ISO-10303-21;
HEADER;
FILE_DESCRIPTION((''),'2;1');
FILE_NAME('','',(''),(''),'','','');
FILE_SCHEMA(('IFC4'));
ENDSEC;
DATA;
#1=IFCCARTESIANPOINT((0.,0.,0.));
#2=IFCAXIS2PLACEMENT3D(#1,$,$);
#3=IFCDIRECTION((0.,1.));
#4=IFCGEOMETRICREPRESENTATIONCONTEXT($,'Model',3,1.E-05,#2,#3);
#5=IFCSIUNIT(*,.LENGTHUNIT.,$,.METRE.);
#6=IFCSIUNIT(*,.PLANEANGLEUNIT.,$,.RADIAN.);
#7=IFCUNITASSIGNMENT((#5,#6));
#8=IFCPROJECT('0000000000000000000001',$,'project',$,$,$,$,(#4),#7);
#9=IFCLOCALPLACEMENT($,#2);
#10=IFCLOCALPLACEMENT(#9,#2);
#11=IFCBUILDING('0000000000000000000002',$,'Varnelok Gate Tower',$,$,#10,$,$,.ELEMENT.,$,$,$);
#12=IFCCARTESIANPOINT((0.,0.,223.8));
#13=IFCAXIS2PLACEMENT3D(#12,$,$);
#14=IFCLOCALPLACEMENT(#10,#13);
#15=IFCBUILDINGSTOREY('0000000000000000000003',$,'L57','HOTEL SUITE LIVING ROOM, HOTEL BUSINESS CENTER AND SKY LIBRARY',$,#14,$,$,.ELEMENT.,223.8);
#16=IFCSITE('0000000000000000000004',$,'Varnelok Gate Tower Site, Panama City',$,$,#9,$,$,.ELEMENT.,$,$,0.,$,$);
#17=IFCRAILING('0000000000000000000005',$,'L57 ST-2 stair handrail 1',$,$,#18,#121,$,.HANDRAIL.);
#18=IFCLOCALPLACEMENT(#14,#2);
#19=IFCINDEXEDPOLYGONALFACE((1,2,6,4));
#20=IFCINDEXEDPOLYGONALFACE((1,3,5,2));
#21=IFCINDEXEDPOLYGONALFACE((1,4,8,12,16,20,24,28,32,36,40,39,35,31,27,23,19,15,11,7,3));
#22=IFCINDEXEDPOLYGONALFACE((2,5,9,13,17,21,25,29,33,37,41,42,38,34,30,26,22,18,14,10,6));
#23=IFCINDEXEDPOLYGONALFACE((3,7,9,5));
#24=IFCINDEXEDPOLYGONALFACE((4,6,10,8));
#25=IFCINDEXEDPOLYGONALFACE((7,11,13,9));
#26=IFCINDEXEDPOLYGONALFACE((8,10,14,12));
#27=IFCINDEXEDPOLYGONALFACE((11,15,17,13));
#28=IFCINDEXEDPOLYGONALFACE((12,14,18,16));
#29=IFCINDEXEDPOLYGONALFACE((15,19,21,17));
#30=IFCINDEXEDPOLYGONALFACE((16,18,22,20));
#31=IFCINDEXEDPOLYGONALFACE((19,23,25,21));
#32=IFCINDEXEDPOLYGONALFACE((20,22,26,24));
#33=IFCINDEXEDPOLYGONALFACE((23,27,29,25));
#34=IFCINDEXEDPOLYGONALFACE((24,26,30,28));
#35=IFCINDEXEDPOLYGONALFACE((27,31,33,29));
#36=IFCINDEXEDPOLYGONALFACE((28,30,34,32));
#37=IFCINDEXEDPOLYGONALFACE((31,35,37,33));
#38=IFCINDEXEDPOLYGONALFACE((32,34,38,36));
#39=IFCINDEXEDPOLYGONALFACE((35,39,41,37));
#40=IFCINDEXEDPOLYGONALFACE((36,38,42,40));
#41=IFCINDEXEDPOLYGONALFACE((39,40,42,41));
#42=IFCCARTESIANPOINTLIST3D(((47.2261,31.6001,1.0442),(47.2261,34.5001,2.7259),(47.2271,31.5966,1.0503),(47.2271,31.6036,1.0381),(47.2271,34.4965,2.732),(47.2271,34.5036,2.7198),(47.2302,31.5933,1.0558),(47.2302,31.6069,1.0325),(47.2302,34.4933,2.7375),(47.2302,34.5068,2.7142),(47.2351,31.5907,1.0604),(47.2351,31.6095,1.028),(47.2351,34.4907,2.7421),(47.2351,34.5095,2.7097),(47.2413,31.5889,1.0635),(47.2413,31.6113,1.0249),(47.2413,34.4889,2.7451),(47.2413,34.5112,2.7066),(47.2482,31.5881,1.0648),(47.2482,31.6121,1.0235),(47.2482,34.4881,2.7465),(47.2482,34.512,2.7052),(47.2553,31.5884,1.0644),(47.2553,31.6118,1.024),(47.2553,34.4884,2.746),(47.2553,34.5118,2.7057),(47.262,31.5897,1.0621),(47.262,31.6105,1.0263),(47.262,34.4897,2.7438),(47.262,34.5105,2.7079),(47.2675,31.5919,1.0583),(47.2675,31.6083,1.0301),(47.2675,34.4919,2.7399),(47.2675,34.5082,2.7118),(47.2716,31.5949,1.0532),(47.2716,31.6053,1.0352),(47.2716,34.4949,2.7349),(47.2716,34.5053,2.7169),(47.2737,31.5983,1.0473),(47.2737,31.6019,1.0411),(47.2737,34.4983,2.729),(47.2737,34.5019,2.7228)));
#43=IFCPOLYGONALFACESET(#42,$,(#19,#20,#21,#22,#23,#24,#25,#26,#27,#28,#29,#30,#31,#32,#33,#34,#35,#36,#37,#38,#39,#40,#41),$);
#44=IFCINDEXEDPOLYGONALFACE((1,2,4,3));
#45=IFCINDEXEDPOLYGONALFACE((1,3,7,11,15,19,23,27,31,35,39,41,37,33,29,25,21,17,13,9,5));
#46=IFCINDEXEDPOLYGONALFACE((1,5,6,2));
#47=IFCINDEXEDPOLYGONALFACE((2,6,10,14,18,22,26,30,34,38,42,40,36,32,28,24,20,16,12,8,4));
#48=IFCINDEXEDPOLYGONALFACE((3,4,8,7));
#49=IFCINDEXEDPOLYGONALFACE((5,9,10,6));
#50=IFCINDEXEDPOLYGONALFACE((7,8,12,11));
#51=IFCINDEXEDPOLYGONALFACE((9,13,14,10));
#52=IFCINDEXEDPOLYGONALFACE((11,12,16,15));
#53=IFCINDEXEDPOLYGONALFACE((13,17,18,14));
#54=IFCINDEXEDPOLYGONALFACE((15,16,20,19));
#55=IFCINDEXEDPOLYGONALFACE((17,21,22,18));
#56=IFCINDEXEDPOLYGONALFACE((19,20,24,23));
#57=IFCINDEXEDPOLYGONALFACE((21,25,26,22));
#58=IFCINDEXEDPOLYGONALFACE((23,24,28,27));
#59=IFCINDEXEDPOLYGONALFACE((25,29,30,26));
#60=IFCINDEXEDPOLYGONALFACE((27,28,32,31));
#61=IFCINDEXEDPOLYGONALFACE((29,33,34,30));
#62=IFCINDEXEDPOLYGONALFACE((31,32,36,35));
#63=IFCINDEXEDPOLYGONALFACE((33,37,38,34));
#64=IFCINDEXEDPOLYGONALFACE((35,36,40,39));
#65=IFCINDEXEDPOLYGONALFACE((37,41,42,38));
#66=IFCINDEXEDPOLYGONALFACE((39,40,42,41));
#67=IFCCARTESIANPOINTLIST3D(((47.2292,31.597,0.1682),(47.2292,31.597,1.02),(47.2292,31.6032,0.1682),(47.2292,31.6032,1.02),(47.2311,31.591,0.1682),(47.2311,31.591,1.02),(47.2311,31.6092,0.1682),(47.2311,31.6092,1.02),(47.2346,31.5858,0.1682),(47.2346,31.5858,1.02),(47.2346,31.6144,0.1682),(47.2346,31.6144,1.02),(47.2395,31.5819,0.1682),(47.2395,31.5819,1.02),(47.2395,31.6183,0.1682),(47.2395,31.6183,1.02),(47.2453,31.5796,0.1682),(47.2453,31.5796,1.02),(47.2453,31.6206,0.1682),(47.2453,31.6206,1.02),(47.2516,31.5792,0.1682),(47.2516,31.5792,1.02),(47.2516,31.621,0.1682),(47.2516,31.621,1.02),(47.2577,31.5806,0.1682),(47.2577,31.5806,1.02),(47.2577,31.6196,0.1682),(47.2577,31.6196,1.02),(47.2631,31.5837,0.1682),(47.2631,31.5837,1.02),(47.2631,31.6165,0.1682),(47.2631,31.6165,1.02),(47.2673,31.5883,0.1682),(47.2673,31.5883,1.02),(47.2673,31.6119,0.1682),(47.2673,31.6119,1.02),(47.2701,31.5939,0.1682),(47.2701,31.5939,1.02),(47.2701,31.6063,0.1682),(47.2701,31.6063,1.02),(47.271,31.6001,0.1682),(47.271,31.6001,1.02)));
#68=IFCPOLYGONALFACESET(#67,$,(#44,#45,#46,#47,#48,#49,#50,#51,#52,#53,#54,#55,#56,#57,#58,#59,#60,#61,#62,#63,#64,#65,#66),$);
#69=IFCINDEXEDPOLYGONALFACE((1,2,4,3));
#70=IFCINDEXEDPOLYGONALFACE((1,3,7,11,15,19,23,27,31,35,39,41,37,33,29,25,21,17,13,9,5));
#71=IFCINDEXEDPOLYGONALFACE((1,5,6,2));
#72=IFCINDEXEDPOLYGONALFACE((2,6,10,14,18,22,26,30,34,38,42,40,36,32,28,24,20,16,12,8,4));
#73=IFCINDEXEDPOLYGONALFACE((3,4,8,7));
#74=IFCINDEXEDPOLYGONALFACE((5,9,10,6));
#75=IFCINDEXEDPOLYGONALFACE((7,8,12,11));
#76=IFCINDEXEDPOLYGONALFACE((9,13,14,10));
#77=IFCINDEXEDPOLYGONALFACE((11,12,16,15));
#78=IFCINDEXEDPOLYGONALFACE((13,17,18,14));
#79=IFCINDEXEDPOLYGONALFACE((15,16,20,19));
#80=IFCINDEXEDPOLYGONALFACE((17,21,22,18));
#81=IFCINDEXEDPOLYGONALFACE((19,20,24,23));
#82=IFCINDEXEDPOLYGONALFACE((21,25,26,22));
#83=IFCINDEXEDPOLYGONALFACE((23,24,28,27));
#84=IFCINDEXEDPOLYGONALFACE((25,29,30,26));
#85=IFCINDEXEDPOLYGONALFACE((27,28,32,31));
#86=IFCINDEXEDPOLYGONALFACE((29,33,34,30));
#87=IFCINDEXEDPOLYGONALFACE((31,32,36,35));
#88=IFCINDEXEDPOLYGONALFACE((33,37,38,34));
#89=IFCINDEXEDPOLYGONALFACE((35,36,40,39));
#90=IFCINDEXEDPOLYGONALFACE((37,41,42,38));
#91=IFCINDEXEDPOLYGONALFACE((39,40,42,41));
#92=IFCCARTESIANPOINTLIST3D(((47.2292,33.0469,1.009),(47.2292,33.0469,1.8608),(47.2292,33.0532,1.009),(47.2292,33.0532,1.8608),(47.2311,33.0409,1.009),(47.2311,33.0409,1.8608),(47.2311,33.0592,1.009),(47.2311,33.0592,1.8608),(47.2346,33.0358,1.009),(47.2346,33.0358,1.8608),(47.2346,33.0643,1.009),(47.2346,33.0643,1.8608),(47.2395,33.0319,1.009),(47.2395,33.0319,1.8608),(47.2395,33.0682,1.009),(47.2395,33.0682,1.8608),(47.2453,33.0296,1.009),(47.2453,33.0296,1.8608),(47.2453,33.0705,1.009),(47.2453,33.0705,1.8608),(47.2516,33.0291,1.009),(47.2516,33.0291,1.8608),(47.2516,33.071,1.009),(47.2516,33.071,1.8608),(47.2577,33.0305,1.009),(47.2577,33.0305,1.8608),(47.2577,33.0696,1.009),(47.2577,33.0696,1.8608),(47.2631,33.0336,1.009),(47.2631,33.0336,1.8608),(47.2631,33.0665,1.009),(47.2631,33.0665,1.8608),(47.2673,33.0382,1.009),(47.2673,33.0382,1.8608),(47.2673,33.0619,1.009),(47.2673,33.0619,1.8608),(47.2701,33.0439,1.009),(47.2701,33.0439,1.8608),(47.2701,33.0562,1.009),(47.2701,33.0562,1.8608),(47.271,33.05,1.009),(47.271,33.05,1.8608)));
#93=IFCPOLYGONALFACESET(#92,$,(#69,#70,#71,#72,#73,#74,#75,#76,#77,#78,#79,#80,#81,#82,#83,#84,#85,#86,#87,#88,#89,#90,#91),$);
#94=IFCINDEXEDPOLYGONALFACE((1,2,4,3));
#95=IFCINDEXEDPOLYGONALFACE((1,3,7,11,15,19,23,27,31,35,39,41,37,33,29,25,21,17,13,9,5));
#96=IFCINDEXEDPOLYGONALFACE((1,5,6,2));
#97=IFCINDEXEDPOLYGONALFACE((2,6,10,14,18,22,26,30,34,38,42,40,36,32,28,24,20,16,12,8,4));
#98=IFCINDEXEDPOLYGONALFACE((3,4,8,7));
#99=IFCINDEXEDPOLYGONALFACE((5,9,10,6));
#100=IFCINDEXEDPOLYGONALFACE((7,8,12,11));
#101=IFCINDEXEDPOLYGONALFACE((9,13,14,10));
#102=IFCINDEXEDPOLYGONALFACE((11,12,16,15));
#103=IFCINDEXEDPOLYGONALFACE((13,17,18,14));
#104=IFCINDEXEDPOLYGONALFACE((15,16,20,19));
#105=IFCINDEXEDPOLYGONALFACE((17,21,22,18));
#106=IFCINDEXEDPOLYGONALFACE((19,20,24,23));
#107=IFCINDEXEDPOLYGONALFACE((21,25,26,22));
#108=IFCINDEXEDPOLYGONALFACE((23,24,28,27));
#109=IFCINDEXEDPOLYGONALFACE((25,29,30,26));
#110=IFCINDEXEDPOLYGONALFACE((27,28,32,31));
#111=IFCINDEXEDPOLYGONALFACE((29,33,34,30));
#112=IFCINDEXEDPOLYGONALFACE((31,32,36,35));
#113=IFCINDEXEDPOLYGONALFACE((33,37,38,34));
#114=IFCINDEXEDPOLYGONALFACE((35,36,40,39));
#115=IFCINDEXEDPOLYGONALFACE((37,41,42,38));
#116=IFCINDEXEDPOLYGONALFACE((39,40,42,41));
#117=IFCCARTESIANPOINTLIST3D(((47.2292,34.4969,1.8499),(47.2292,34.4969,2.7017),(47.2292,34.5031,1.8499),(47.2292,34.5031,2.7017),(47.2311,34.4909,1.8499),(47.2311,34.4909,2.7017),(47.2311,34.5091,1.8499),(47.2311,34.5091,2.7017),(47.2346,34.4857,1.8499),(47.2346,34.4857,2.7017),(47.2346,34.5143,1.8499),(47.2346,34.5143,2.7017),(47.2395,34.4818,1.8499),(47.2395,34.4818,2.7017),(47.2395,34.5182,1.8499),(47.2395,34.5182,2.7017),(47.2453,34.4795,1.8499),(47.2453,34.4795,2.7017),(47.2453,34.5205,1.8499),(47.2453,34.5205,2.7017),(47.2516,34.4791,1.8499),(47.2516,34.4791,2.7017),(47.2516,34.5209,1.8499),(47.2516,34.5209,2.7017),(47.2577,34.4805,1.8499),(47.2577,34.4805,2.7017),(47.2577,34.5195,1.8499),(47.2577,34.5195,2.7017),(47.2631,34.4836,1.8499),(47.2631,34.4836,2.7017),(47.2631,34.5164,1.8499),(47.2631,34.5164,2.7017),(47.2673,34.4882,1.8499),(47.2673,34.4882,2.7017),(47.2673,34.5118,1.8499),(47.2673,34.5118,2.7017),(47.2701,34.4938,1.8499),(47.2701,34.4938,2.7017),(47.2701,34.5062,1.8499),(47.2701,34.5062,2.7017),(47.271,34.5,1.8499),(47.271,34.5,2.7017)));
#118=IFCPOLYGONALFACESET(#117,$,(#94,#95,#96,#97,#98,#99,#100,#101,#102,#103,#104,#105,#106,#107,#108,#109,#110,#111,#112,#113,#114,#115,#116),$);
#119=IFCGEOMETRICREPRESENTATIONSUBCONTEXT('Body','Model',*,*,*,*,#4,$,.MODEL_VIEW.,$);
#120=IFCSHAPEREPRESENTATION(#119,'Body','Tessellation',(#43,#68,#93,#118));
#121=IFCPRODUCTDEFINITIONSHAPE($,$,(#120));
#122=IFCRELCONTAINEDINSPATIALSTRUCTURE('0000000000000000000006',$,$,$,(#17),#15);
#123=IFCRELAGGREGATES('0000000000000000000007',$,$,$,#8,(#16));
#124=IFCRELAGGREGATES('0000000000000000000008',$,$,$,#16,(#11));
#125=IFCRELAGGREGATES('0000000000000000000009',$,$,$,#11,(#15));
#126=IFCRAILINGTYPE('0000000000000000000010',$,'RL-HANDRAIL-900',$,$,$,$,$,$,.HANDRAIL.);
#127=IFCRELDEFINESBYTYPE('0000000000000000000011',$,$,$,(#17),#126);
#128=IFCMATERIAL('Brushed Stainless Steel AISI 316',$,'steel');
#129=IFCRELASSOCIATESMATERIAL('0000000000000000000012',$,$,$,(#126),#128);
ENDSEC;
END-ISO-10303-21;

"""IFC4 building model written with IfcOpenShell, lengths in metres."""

from ifc_helpers import new_model, si_unit, direction, frame, origin, origin_2d, place, context, subcontext, project, spatial, circle, extrude, material, type_object, element, save


model = new_model("IFC4")

# Units and contexts
model_context = context("Model", 3, precision=1e-05, world=origin(), true_north=direction((0.0, 1.0)))
body_context = subcontext(model_context, "Body", "Model", "MODEL_VIEW")
ifc_project = project(units=[si_unit("LENGTHUNIT", "METRE"), si_unit("PLANEANGLEUNIT", "RADIAN")], contexts=[model_context])

# Site, building, storey
site_placement = place(None, origin())
site = spatial("IfcSite", under=ifc_project, at=site_placement, Name="Varnelok Gate Tower Site, Panama City", CompositionType="ELEMENT", RefElevation=0.0)
building_placement = place(site_placement, origin())
building = spatial("IfcBuilding", under=site, at=building_placement, Name="Varnelok Gate Tower", CompositionType="ELEMENT")
storey_placement = place(building_placement, frame((0.0, 0.0, 223.8)))
storey = spatial("IfcBuildingStorey", under=building, at=storey_placement, Name="L57", Description="HOTEL SUITE LIVING ROOM, HOTEL BUSINESS CENTER AND SKY LIBRARY", CompositionType="ELEMENT", Elevation=223.8)

# Railing
ifc_material_1 = material(Name="Brushed Stainless Steel AISI 316", Category="steel")
railing_type_1 = type_object("IfcRailingType", Name="RL-HANDRAIL-900", PredefinedType="HANDRAIL", material=ifc_material_1)
railing_1_placement = place(storey_placement, frame((47.25, 31.6001, 0.1682)))
element("IfcRailing", 1, at=railing_1_placement, inside=storey, type_object=railing_type_1, Name="L57 ST-2 stair handrail 1", PredefinedType="HANDRAIL", context=body_context, shape_type="SweptSolid", body=[
    extrude(circle(Radius=0.0239, at=origin_2d()), frame((0.0, 0.0, 0.876), z_axis=(0.0, 0.86507, 0.501651), x_axis=(-1.0, 0.0, 0.0)), (0.0, 0.0, 1.0), 3.3523),
    extrude(circle(Radius=0.021, at=origin_2d()), origin(), (0.0, 0.0, 1.0), 0.8518),
    extrude(circle(Radius=0.021, at=origin_2d()), frame((0.0, 1.45, 0.8408)), (0.0, 0.0, 1.0), 0.8518),
    extrude(circle(Radius=0.021, at=origin_2d()), frame((0.0, 2.8999, 1.6816)), (0.0, 0.0, 1.0), 0.8518),
])

save(model, "model.ifc")
